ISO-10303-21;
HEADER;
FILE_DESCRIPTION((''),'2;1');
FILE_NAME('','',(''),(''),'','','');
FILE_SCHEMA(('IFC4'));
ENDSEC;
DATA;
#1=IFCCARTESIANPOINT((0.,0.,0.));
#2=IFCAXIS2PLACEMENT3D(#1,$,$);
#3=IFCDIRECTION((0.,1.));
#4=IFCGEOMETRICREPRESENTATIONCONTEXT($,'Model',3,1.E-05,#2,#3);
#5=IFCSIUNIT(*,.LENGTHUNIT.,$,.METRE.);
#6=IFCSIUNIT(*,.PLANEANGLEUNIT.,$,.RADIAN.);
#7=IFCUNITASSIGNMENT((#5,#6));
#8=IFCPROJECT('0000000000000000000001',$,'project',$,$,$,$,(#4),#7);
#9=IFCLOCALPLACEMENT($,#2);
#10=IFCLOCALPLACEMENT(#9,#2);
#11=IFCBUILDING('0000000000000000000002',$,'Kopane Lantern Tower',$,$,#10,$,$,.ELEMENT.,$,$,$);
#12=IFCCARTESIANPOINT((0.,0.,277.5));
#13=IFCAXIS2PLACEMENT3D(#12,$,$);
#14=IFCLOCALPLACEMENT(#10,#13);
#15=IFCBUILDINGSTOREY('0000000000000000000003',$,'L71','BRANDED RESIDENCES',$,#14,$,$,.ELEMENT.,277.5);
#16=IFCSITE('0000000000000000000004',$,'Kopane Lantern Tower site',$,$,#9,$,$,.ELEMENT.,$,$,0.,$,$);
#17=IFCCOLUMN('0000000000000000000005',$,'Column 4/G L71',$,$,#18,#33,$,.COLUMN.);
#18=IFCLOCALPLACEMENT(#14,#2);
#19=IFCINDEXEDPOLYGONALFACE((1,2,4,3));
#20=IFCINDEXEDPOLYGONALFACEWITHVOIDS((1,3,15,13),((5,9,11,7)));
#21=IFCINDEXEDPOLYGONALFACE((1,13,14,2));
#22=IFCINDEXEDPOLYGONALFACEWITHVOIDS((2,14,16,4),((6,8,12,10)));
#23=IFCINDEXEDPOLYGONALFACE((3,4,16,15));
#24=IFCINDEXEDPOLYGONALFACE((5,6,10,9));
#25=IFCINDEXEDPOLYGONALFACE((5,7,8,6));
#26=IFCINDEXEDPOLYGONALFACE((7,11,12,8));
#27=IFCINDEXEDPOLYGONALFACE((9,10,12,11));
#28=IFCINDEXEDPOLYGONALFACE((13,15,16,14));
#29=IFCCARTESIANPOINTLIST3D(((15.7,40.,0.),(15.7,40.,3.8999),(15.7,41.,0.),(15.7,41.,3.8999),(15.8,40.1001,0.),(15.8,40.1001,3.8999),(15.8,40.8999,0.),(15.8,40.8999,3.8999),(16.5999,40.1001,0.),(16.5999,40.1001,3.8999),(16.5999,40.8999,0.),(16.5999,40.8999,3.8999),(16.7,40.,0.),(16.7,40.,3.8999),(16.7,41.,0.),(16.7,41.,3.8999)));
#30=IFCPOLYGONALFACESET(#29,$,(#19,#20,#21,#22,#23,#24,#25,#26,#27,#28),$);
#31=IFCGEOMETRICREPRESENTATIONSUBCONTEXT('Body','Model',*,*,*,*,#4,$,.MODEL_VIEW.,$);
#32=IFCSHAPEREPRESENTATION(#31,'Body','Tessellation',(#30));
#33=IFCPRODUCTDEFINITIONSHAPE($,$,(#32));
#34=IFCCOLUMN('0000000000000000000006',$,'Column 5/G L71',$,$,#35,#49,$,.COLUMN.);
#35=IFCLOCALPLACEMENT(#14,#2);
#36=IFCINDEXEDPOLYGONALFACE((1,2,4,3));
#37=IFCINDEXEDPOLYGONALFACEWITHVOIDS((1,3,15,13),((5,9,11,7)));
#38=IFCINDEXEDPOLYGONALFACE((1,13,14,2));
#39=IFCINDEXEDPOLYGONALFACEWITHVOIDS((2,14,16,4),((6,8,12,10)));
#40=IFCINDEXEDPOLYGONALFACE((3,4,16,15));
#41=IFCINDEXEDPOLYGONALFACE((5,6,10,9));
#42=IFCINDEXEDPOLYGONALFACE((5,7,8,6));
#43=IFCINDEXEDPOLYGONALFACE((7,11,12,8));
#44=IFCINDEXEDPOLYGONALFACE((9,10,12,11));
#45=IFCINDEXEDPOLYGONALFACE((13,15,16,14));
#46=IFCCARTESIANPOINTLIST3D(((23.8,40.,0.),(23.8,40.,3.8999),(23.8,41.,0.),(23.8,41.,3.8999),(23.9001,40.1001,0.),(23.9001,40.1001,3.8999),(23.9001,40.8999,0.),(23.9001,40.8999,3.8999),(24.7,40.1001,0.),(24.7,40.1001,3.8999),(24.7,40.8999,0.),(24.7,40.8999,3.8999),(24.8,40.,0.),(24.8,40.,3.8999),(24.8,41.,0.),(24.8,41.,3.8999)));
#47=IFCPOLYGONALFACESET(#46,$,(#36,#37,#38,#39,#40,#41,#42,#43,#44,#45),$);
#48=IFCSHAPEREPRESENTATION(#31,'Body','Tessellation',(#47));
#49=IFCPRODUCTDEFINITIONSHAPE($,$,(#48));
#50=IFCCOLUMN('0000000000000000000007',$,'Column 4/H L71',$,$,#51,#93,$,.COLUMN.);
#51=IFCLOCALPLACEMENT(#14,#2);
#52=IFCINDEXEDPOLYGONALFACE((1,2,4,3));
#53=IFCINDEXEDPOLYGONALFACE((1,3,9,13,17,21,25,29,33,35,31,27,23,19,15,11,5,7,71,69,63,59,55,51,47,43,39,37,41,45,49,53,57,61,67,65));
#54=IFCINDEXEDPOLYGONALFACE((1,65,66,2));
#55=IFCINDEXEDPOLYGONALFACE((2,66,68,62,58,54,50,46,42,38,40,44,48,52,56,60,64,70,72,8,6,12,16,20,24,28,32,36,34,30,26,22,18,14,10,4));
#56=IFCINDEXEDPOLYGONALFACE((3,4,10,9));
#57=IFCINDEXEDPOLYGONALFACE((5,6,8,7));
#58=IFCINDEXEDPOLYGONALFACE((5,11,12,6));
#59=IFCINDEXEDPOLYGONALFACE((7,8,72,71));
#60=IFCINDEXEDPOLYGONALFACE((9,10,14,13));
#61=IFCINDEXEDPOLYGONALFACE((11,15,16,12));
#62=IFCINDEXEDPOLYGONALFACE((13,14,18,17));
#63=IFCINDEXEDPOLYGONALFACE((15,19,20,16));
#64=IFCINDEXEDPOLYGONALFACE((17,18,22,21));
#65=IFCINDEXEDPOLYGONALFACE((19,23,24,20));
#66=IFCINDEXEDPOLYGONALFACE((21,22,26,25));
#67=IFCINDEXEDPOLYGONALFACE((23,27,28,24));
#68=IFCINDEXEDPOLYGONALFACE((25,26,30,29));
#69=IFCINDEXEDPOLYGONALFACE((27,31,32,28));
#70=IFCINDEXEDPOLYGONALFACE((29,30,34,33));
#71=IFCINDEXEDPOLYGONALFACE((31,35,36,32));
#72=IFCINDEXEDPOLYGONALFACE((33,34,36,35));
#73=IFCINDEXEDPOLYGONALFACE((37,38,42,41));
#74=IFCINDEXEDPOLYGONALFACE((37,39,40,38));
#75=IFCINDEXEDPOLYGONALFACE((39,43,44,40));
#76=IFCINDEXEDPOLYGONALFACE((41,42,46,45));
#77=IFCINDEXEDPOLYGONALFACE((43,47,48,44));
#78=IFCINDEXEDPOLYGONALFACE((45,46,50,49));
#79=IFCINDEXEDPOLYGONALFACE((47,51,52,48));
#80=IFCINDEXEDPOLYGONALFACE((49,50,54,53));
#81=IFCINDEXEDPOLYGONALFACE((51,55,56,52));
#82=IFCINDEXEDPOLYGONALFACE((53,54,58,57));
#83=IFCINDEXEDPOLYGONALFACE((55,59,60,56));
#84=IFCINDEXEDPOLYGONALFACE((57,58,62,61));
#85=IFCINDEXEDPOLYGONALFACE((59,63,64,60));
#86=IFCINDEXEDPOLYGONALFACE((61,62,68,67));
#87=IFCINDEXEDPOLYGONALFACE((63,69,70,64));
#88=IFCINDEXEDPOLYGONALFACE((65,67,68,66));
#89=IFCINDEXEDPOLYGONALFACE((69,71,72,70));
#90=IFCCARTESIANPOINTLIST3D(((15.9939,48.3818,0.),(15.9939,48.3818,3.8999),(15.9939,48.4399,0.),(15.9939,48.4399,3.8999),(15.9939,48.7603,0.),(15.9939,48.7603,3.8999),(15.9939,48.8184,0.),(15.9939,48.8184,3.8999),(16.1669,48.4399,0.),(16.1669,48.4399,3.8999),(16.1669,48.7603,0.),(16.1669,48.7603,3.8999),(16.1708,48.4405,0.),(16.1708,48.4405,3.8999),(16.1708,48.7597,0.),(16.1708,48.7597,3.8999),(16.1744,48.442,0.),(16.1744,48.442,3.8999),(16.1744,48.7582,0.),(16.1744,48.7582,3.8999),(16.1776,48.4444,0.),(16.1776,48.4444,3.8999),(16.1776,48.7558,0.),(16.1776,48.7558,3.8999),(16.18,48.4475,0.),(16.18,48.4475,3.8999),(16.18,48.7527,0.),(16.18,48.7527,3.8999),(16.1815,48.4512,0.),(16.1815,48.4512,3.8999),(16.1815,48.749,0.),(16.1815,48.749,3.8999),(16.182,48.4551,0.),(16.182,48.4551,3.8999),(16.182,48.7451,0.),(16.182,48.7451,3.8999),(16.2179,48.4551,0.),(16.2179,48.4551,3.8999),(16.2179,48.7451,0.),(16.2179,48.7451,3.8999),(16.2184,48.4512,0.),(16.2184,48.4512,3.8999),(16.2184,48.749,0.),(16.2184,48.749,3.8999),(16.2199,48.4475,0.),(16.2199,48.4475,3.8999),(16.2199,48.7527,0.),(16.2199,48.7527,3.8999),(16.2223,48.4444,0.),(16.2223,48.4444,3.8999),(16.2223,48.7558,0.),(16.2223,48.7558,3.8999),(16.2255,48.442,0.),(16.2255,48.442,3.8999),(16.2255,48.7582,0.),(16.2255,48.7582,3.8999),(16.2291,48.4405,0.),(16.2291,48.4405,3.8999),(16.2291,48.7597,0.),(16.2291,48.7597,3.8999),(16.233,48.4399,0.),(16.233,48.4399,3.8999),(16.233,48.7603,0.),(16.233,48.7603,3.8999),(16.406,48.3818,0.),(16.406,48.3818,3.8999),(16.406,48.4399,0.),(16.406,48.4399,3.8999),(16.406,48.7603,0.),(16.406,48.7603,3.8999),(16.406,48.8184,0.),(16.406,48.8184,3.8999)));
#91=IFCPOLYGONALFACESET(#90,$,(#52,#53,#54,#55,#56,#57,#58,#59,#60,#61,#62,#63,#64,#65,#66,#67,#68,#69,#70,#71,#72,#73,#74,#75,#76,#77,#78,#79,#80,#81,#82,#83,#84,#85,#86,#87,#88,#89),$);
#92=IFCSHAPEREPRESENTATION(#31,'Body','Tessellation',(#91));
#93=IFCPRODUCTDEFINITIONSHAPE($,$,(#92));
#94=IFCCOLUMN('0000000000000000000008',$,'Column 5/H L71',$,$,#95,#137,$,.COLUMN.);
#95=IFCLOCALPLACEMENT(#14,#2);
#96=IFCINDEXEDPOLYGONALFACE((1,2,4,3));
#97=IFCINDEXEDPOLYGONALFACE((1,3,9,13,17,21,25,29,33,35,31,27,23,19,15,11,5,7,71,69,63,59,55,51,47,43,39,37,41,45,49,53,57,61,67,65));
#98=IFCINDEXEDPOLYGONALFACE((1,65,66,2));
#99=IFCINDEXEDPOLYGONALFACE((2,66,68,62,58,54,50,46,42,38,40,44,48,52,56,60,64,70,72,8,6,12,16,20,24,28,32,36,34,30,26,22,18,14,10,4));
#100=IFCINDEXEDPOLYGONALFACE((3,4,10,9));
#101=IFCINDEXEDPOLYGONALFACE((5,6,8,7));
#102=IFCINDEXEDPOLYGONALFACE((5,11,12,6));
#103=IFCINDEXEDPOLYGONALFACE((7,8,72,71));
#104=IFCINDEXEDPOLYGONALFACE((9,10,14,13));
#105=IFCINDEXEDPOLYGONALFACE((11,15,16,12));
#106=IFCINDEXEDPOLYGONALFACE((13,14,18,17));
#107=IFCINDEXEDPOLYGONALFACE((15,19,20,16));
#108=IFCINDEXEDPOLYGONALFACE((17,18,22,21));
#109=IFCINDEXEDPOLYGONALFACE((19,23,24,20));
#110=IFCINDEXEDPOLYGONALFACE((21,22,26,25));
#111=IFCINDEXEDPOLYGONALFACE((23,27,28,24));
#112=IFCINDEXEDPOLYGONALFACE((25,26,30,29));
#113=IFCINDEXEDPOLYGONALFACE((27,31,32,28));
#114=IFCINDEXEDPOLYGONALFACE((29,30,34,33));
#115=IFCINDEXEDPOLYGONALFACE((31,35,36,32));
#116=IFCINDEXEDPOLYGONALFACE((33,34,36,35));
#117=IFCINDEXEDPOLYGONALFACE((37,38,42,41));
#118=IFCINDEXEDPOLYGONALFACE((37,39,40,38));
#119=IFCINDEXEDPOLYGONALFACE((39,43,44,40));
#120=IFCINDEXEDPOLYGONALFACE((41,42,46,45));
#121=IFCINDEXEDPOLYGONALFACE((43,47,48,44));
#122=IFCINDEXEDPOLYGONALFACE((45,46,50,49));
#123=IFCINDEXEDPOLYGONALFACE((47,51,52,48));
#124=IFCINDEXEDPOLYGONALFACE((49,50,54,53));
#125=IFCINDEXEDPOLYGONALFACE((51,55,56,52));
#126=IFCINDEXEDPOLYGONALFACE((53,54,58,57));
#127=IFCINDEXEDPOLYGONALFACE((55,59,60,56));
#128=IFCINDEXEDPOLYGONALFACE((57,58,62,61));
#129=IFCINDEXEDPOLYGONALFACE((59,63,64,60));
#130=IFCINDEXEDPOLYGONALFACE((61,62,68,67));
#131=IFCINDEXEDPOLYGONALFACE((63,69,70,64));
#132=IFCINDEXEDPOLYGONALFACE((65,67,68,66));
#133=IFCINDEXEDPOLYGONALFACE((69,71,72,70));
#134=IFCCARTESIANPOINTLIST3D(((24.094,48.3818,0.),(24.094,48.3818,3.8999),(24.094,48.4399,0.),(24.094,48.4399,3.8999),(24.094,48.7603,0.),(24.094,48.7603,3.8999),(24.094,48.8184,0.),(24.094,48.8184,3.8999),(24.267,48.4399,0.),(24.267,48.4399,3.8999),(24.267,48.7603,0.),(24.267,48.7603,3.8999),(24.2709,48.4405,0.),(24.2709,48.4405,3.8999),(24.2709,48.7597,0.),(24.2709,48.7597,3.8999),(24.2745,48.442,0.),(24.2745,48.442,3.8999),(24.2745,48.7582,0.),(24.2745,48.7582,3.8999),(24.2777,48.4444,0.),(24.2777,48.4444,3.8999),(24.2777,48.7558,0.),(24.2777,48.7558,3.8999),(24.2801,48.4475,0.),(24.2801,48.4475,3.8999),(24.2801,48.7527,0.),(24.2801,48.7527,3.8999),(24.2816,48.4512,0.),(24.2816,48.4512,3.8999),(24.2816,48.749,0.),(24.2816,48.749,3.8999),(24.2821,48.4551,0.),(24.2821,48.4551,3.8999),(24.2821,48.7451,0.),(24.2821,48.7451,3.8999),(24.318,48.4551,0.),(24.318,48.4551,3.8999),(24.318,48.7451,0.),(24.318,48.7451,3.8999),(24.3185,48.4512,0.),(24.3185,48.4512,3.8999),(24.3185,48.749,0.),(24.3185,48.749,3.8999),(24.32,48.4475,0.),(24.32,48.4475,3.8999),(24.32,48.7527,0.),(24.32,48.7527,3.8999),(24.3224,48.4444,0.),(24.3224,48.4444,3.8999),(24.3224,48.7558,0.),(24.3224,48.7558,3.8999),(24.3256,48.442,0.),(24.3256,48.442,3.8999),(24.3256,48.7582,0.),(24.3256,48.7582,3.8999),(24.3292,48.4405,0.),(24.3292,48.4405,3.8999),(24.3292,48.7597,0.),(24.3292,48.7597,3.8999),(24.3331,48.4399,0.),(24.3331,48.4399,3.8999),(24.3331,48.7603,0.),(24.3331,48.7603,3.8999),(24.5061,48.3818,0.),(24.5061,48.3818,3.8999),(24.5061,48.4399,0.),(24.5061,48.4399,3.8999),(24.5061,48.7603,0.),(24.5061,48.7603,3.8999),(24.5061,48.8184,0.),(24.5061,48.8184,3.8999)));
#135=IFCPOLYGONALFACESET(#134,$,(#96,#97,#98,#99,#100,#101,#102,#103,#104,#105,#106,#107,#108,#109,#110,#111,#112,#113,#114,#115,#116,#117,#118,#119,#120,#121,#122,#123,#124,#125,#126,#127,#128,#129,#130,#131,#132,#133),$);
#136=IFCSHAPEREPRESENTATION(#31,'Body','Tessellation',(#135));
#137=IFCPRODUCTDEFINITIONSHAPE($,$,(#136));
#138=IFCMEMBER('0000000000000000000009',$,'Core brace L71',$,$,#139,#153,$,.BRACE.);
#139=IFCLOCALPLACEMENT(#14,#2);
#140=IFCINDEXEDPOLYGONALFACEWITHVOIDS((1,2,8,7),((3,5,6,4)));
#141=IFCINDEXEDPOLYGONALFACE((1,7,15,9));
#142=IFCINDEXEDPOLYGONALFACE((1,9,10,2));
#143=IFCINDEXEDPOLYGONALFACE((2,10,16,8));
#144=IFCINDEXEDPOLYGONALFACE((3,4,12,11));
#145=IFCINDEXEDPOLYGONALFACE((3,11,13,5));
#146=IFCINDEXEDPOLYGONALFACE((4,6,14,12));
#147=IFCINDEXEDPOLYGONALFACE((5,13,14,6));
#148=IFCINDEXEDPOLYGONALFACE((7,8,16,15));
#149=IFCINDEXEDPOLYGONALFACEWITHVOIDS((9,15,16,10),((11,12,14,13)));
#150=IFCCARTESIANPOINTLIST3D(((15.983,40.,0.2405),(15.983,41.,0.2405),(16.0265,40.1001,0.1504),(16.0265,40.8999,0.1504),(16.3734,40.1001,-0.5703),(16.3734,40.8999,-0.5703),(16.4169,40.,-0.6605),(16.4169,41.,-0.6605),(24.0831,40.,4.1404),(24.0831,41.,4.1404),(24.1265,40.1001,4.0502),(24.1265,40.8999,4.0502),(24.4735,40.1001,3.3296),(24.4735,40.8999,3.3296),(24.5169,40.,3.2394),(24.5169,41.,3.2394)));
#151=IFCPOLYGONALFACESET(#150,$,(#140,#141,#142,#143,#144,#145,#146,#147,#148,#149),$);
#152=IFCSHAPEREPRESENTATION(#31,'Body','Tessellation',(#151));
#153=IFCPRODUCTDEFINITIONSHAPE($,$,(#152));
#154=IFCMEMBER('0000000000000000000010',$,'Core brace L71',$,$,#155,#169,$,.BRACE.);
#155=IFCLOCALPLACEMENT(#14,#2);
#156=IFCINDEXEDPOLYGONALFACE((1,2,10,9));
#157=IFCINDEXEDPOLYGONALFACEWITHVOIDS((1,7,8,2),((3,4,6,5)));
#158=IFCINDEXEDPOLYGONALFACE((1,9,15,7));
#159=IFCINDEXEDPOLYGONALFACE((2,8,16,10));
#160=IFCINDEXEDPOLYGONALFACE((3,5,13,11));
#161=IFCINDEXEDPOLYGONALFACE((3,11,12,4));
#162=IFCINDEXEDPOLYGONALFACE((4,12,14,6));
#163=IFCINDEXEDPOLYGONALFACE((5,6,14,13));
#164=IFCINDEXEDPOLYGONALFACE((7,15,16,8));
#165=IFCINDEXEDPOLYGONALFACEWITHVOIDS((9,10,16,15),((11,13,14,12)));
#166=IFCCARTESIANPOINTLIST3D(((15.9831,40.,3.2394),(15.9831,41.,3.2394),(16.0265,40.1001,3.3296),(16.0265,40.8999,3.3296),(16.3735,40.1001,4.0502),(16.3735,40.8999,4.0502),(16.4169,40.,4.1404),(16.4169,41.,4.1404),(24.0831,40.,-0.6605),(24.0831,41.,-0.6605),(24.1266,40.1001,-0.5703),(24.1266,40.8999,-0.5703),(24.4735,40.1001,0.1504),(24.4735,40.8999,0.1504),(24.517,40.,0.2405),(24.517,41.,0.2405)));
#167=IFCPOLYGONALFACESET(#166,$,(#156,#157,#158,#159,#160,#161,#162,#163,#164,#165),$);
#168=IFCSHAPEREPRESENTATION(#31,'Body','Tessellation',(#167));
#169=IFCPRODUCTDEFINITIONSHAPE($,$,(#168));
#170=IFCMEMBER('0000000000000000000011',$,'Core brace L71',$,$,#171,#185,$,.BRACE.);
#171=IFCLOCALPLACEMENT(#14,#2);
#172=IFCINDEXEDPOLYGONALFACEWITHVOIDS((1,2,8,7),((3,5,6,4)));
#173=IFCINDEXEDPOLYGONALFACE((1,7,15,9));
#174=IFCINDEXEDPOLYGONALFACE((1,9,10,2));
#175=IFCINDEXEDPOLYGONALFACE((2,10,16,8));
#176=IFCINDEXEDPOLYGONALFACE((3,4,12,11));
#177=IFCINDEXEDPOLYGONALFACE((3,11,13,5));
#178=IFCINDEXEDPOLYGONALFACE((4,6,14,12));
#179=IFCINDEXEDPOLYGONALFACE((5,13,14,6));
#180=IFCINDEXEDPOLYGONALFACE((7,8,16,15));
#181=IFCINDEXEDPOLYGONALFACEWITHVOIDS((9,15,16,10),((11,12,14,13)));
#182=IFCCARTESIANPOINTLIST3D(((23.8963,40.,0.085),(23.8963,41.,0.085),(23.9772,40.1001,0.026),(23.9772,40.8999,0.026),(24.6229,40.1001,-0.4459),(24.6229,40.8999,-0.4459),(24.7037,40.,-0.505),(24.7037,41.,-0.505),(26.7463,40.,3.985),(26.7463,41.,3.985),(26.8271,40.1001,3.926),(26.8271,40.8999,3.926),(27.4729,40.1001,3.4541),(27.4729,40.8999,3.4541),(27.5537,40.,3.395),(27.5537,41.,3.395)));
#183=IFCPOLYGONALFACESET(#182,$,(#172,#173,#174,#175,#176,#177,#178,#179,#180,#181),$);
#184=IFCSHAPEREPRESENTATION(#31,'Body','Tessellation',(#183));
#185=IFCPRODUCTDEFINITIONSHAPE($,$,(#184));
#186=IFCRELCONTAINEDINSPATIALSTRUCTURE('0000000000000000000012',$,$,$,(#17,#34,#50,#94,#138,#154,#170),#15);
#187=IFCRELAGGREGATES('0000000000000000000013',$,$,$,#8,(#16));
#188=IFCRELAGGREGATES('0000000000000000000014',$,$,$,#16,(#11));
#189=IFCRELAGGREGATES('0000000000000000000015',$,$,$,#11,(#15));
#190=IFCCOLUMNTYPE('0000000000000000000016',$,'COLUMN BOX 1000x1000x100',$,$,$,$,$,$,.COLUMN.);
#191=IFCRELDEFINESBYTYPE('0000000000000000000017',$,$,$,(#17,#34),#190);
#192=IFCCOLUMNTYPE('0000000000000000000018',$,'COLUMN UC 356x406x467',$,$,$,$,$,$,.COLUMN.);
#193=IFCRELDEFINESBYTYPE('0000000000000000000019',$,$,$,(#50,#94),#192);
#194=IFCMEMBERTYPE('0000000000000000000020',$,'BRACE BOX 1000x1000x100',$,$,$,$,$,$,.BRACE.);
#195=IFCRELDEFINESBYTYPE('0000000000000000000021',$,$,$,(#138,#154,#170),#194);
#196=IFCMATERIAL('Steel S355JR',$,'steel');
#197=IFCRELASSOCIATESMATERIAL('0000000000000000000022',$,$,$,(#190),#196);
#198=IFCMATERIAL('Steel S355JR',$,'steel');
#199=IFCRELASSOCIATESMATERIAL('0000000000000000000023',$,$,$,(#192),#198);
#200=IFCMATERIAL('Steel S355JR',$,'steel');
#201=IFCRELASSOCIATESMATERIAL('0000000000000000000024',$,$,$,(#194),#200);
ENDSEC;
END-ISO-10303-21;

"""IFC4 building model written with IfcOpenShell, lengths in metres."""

from ifc_helpers import new_model, si_unit, direction, frame, origin, origin_2d, place, context, subcontext, project, spatial, hollow_rectangle, i_section, extrude, material, material_profile, profile_set, type_object, element, save


model = new_model("IFC4")

# Units and contexts
model_context = context("Model", 3, precision=1e-05, world=origin(), true_north=direction((0.0, 1.0)))
body_context = subcontext(model_context, "Body", "Model", "MODEL_VIEW")
ifc_project = project(units=[si_unit("LENGTHUNIT", "METRE"), si_unit("PLANEANGLEUNIT", "RADIAN")], contexts=[model_context])

# Site, building, storey
site_placement = place(None, origin())
site = spatial("IfcSite", under=ifc_project, at=site_placement, Name="Kopane Lantern Tower site", CompositionType="ELEMENT", RefElevation=0.0)
building_placement = place(site_placement, origin())
building = spatial("IfcBuilding", under=site, at=building_placement, Name="Kopane Lantern Tower", CompositionType="ELEMENT")
storey_placement = place(building_placement, frame((0.0, 0.0, 277.5)))
storey = spatial("IfcBuildingStorey", under=building, at=storey_placement, Name="L71", Description="BRANDED RESIDENCES", CompositionType="ELEMENT", Elevation=277.5)

# Columns
ifc_material_1 = material(Name="Steel S355JR", Category="steel")
ifc_material_profile_1 = material_profile(ifc_material_1, hollow_rectangle(XDim=1.0, YDim=1.0, WallThickness=0.1001, at=origin_2d()), Name="BOX 1000x1000x100")
ifc_profile_set_1 = profile_set([ifc_material_profile_1], Name="Steel S355JR")
column_type_1 = type_object("IfcColumnType", Name="COLUMN BOX 1000x1000x100", PredefinedType="COLUMN", material=ifc_profile_set_1)
for number, where, z_axis, x_axis, name in (
    (1, (16.2, 40.5, 0.0), (0.0, 0.0, 1.0), (1.0, 0.0, 0.0), "Column 4/G L71"),
    (2, (24.3, 40.5, 0.0), (0.0, 0.0, 1.0), (1.0, 0.0, 0.0), "Column 5/G L71"),
):
    element("IfcColumn", number, at=place(storey_placement, frame(where, z_axis=z_axis, x_axis=x_axis)), inside=storey, type_object=column_type_1, Name=name, PredefinedType="COLUMN", context=body_context, shape_type="SweptSolid", body=[
        extrude(hollow_rectangle(XDim=1.0, YDim=1.0, WallThickness=0.1001, at=origin_2d()), origin(), (0.0, 0.0, 1.0), 3.8999),
    ])
ifc_material_2 = material(Name="Steel S355JR", Category="steel")
ifc_material_profile_2 = material_profile(ifc_material_2, i_section(OverallWidth=0.4121, OverallDepth=0.4365, WebThickness=0.0359, FlangeThickness=0.0581, FilletRadius=0.0151, at=origin_2d()), Name="UC 356x406x467")
ifc_profile_set_2 = profile_set([ifc_material_profile_2], Name="Steel S355JR")
column_type_2 = type_object("IfcColumnType", Name="COLUMN UC 356x406x467", PredefinedType="COLUMN", material=ifc_profile_set_2)
for number, where, z_axis, x_axis, name in (
    (3, (16.2, 48.6001, 0.0), (0.0, 0.0, 1.0), (1.0, 0.0, 0.0), "Column 4/H L71"),
    (4, (24.3, 48.6001, 0.0), (0.0, 0.0, 1.0), (1.0, 0.0, 0.0), "Column 5/H L71"),
):
    element("IfcColumn", number, at=place(storey_placement, frame(where, z_axis=z_axis, x_axis=x_axis)), inside=storey, type_object=column_type_2, Name=name, PredefinedType="COLUMN", context=body_context, shape_type="SweptSolid", body=[
        extrude(i_section(OverallWidth=0.4121, OverallDepth=0.4365, WebThickness=0.0359, FlangeThickness=0.0581, FilletRadius=0.0151, at=origin_2d()), origin(), (0.0, 0.0, 1.0), 3.8999),
    ])

# Members
ifc_material_3 = material(Name="Steel S355JR", Category="steel")
ifc_material_profile_3 = material_profile(ifc_material_3, hollow_rectangle(XDim=1.0, YDim=1.0, WallThickness=0.1001, at=origin_2d()), Name="BOX 1000x1000x100")
ifc_profile_set_3 = profile_set([ifc_material_profile_3], Name="Steel S355JR")
member_type_1 = type_object("IfcMemberType", Name="BRACE BOX 1000x1000x100", PredefinedType="BRACE", material=ifc_profile_set_3)
for number, where, z_axis, x_axis, name in (
    (5, (16.2, 40.5, -0.21), (0.901008, 0.0, 0.433803), (0.0, 1.0, 0.0), "Core brace L71"),
    (6, (24.3, 40.5, -0.21), (-0.901008, 0.0, 0.433803), (0.0, -1.0, 0.0), "Core brace L71"),
):
    element("IfcMember", number, at=place(storey_placement, frame(where, z_axis=z_axis, x_axis=x_axis)), inside=storey, type_object=member_type_1, Name=name, PredefinedType="BRACE", context=body_context, shape_type="SweptSolid", body=[
        extrude(hollow_rectangle(XDim=1.0, YDim=1.0, WallThickness=0.1001, at=origin_2d()), origin(), (0.0, 0.0, 1.0), 8.99),
    ])
member_1_placement = place(storey_placement, frame((24.3, 40.5, -0.21), z_axis=(0.590006, 0.0, 0.807399), x_axis=(0.0, 1.0, 0.0)))
element("IfcMember", 7, at=member_1_placement, inside=storey, type_object=member_type_1, Name="Core brace L71", PredefinedType="BRACE", context=body_context, shape_type="SweptSolid", body=[
    extrude(hollow_rectangle(XDim=1.0, YDim=1.0, WallThickness=0.1001, at=origin_2d()), origin(), (0.0, 0.0, 1.0), 4.8303),
])

save(model, "model.ifc")
